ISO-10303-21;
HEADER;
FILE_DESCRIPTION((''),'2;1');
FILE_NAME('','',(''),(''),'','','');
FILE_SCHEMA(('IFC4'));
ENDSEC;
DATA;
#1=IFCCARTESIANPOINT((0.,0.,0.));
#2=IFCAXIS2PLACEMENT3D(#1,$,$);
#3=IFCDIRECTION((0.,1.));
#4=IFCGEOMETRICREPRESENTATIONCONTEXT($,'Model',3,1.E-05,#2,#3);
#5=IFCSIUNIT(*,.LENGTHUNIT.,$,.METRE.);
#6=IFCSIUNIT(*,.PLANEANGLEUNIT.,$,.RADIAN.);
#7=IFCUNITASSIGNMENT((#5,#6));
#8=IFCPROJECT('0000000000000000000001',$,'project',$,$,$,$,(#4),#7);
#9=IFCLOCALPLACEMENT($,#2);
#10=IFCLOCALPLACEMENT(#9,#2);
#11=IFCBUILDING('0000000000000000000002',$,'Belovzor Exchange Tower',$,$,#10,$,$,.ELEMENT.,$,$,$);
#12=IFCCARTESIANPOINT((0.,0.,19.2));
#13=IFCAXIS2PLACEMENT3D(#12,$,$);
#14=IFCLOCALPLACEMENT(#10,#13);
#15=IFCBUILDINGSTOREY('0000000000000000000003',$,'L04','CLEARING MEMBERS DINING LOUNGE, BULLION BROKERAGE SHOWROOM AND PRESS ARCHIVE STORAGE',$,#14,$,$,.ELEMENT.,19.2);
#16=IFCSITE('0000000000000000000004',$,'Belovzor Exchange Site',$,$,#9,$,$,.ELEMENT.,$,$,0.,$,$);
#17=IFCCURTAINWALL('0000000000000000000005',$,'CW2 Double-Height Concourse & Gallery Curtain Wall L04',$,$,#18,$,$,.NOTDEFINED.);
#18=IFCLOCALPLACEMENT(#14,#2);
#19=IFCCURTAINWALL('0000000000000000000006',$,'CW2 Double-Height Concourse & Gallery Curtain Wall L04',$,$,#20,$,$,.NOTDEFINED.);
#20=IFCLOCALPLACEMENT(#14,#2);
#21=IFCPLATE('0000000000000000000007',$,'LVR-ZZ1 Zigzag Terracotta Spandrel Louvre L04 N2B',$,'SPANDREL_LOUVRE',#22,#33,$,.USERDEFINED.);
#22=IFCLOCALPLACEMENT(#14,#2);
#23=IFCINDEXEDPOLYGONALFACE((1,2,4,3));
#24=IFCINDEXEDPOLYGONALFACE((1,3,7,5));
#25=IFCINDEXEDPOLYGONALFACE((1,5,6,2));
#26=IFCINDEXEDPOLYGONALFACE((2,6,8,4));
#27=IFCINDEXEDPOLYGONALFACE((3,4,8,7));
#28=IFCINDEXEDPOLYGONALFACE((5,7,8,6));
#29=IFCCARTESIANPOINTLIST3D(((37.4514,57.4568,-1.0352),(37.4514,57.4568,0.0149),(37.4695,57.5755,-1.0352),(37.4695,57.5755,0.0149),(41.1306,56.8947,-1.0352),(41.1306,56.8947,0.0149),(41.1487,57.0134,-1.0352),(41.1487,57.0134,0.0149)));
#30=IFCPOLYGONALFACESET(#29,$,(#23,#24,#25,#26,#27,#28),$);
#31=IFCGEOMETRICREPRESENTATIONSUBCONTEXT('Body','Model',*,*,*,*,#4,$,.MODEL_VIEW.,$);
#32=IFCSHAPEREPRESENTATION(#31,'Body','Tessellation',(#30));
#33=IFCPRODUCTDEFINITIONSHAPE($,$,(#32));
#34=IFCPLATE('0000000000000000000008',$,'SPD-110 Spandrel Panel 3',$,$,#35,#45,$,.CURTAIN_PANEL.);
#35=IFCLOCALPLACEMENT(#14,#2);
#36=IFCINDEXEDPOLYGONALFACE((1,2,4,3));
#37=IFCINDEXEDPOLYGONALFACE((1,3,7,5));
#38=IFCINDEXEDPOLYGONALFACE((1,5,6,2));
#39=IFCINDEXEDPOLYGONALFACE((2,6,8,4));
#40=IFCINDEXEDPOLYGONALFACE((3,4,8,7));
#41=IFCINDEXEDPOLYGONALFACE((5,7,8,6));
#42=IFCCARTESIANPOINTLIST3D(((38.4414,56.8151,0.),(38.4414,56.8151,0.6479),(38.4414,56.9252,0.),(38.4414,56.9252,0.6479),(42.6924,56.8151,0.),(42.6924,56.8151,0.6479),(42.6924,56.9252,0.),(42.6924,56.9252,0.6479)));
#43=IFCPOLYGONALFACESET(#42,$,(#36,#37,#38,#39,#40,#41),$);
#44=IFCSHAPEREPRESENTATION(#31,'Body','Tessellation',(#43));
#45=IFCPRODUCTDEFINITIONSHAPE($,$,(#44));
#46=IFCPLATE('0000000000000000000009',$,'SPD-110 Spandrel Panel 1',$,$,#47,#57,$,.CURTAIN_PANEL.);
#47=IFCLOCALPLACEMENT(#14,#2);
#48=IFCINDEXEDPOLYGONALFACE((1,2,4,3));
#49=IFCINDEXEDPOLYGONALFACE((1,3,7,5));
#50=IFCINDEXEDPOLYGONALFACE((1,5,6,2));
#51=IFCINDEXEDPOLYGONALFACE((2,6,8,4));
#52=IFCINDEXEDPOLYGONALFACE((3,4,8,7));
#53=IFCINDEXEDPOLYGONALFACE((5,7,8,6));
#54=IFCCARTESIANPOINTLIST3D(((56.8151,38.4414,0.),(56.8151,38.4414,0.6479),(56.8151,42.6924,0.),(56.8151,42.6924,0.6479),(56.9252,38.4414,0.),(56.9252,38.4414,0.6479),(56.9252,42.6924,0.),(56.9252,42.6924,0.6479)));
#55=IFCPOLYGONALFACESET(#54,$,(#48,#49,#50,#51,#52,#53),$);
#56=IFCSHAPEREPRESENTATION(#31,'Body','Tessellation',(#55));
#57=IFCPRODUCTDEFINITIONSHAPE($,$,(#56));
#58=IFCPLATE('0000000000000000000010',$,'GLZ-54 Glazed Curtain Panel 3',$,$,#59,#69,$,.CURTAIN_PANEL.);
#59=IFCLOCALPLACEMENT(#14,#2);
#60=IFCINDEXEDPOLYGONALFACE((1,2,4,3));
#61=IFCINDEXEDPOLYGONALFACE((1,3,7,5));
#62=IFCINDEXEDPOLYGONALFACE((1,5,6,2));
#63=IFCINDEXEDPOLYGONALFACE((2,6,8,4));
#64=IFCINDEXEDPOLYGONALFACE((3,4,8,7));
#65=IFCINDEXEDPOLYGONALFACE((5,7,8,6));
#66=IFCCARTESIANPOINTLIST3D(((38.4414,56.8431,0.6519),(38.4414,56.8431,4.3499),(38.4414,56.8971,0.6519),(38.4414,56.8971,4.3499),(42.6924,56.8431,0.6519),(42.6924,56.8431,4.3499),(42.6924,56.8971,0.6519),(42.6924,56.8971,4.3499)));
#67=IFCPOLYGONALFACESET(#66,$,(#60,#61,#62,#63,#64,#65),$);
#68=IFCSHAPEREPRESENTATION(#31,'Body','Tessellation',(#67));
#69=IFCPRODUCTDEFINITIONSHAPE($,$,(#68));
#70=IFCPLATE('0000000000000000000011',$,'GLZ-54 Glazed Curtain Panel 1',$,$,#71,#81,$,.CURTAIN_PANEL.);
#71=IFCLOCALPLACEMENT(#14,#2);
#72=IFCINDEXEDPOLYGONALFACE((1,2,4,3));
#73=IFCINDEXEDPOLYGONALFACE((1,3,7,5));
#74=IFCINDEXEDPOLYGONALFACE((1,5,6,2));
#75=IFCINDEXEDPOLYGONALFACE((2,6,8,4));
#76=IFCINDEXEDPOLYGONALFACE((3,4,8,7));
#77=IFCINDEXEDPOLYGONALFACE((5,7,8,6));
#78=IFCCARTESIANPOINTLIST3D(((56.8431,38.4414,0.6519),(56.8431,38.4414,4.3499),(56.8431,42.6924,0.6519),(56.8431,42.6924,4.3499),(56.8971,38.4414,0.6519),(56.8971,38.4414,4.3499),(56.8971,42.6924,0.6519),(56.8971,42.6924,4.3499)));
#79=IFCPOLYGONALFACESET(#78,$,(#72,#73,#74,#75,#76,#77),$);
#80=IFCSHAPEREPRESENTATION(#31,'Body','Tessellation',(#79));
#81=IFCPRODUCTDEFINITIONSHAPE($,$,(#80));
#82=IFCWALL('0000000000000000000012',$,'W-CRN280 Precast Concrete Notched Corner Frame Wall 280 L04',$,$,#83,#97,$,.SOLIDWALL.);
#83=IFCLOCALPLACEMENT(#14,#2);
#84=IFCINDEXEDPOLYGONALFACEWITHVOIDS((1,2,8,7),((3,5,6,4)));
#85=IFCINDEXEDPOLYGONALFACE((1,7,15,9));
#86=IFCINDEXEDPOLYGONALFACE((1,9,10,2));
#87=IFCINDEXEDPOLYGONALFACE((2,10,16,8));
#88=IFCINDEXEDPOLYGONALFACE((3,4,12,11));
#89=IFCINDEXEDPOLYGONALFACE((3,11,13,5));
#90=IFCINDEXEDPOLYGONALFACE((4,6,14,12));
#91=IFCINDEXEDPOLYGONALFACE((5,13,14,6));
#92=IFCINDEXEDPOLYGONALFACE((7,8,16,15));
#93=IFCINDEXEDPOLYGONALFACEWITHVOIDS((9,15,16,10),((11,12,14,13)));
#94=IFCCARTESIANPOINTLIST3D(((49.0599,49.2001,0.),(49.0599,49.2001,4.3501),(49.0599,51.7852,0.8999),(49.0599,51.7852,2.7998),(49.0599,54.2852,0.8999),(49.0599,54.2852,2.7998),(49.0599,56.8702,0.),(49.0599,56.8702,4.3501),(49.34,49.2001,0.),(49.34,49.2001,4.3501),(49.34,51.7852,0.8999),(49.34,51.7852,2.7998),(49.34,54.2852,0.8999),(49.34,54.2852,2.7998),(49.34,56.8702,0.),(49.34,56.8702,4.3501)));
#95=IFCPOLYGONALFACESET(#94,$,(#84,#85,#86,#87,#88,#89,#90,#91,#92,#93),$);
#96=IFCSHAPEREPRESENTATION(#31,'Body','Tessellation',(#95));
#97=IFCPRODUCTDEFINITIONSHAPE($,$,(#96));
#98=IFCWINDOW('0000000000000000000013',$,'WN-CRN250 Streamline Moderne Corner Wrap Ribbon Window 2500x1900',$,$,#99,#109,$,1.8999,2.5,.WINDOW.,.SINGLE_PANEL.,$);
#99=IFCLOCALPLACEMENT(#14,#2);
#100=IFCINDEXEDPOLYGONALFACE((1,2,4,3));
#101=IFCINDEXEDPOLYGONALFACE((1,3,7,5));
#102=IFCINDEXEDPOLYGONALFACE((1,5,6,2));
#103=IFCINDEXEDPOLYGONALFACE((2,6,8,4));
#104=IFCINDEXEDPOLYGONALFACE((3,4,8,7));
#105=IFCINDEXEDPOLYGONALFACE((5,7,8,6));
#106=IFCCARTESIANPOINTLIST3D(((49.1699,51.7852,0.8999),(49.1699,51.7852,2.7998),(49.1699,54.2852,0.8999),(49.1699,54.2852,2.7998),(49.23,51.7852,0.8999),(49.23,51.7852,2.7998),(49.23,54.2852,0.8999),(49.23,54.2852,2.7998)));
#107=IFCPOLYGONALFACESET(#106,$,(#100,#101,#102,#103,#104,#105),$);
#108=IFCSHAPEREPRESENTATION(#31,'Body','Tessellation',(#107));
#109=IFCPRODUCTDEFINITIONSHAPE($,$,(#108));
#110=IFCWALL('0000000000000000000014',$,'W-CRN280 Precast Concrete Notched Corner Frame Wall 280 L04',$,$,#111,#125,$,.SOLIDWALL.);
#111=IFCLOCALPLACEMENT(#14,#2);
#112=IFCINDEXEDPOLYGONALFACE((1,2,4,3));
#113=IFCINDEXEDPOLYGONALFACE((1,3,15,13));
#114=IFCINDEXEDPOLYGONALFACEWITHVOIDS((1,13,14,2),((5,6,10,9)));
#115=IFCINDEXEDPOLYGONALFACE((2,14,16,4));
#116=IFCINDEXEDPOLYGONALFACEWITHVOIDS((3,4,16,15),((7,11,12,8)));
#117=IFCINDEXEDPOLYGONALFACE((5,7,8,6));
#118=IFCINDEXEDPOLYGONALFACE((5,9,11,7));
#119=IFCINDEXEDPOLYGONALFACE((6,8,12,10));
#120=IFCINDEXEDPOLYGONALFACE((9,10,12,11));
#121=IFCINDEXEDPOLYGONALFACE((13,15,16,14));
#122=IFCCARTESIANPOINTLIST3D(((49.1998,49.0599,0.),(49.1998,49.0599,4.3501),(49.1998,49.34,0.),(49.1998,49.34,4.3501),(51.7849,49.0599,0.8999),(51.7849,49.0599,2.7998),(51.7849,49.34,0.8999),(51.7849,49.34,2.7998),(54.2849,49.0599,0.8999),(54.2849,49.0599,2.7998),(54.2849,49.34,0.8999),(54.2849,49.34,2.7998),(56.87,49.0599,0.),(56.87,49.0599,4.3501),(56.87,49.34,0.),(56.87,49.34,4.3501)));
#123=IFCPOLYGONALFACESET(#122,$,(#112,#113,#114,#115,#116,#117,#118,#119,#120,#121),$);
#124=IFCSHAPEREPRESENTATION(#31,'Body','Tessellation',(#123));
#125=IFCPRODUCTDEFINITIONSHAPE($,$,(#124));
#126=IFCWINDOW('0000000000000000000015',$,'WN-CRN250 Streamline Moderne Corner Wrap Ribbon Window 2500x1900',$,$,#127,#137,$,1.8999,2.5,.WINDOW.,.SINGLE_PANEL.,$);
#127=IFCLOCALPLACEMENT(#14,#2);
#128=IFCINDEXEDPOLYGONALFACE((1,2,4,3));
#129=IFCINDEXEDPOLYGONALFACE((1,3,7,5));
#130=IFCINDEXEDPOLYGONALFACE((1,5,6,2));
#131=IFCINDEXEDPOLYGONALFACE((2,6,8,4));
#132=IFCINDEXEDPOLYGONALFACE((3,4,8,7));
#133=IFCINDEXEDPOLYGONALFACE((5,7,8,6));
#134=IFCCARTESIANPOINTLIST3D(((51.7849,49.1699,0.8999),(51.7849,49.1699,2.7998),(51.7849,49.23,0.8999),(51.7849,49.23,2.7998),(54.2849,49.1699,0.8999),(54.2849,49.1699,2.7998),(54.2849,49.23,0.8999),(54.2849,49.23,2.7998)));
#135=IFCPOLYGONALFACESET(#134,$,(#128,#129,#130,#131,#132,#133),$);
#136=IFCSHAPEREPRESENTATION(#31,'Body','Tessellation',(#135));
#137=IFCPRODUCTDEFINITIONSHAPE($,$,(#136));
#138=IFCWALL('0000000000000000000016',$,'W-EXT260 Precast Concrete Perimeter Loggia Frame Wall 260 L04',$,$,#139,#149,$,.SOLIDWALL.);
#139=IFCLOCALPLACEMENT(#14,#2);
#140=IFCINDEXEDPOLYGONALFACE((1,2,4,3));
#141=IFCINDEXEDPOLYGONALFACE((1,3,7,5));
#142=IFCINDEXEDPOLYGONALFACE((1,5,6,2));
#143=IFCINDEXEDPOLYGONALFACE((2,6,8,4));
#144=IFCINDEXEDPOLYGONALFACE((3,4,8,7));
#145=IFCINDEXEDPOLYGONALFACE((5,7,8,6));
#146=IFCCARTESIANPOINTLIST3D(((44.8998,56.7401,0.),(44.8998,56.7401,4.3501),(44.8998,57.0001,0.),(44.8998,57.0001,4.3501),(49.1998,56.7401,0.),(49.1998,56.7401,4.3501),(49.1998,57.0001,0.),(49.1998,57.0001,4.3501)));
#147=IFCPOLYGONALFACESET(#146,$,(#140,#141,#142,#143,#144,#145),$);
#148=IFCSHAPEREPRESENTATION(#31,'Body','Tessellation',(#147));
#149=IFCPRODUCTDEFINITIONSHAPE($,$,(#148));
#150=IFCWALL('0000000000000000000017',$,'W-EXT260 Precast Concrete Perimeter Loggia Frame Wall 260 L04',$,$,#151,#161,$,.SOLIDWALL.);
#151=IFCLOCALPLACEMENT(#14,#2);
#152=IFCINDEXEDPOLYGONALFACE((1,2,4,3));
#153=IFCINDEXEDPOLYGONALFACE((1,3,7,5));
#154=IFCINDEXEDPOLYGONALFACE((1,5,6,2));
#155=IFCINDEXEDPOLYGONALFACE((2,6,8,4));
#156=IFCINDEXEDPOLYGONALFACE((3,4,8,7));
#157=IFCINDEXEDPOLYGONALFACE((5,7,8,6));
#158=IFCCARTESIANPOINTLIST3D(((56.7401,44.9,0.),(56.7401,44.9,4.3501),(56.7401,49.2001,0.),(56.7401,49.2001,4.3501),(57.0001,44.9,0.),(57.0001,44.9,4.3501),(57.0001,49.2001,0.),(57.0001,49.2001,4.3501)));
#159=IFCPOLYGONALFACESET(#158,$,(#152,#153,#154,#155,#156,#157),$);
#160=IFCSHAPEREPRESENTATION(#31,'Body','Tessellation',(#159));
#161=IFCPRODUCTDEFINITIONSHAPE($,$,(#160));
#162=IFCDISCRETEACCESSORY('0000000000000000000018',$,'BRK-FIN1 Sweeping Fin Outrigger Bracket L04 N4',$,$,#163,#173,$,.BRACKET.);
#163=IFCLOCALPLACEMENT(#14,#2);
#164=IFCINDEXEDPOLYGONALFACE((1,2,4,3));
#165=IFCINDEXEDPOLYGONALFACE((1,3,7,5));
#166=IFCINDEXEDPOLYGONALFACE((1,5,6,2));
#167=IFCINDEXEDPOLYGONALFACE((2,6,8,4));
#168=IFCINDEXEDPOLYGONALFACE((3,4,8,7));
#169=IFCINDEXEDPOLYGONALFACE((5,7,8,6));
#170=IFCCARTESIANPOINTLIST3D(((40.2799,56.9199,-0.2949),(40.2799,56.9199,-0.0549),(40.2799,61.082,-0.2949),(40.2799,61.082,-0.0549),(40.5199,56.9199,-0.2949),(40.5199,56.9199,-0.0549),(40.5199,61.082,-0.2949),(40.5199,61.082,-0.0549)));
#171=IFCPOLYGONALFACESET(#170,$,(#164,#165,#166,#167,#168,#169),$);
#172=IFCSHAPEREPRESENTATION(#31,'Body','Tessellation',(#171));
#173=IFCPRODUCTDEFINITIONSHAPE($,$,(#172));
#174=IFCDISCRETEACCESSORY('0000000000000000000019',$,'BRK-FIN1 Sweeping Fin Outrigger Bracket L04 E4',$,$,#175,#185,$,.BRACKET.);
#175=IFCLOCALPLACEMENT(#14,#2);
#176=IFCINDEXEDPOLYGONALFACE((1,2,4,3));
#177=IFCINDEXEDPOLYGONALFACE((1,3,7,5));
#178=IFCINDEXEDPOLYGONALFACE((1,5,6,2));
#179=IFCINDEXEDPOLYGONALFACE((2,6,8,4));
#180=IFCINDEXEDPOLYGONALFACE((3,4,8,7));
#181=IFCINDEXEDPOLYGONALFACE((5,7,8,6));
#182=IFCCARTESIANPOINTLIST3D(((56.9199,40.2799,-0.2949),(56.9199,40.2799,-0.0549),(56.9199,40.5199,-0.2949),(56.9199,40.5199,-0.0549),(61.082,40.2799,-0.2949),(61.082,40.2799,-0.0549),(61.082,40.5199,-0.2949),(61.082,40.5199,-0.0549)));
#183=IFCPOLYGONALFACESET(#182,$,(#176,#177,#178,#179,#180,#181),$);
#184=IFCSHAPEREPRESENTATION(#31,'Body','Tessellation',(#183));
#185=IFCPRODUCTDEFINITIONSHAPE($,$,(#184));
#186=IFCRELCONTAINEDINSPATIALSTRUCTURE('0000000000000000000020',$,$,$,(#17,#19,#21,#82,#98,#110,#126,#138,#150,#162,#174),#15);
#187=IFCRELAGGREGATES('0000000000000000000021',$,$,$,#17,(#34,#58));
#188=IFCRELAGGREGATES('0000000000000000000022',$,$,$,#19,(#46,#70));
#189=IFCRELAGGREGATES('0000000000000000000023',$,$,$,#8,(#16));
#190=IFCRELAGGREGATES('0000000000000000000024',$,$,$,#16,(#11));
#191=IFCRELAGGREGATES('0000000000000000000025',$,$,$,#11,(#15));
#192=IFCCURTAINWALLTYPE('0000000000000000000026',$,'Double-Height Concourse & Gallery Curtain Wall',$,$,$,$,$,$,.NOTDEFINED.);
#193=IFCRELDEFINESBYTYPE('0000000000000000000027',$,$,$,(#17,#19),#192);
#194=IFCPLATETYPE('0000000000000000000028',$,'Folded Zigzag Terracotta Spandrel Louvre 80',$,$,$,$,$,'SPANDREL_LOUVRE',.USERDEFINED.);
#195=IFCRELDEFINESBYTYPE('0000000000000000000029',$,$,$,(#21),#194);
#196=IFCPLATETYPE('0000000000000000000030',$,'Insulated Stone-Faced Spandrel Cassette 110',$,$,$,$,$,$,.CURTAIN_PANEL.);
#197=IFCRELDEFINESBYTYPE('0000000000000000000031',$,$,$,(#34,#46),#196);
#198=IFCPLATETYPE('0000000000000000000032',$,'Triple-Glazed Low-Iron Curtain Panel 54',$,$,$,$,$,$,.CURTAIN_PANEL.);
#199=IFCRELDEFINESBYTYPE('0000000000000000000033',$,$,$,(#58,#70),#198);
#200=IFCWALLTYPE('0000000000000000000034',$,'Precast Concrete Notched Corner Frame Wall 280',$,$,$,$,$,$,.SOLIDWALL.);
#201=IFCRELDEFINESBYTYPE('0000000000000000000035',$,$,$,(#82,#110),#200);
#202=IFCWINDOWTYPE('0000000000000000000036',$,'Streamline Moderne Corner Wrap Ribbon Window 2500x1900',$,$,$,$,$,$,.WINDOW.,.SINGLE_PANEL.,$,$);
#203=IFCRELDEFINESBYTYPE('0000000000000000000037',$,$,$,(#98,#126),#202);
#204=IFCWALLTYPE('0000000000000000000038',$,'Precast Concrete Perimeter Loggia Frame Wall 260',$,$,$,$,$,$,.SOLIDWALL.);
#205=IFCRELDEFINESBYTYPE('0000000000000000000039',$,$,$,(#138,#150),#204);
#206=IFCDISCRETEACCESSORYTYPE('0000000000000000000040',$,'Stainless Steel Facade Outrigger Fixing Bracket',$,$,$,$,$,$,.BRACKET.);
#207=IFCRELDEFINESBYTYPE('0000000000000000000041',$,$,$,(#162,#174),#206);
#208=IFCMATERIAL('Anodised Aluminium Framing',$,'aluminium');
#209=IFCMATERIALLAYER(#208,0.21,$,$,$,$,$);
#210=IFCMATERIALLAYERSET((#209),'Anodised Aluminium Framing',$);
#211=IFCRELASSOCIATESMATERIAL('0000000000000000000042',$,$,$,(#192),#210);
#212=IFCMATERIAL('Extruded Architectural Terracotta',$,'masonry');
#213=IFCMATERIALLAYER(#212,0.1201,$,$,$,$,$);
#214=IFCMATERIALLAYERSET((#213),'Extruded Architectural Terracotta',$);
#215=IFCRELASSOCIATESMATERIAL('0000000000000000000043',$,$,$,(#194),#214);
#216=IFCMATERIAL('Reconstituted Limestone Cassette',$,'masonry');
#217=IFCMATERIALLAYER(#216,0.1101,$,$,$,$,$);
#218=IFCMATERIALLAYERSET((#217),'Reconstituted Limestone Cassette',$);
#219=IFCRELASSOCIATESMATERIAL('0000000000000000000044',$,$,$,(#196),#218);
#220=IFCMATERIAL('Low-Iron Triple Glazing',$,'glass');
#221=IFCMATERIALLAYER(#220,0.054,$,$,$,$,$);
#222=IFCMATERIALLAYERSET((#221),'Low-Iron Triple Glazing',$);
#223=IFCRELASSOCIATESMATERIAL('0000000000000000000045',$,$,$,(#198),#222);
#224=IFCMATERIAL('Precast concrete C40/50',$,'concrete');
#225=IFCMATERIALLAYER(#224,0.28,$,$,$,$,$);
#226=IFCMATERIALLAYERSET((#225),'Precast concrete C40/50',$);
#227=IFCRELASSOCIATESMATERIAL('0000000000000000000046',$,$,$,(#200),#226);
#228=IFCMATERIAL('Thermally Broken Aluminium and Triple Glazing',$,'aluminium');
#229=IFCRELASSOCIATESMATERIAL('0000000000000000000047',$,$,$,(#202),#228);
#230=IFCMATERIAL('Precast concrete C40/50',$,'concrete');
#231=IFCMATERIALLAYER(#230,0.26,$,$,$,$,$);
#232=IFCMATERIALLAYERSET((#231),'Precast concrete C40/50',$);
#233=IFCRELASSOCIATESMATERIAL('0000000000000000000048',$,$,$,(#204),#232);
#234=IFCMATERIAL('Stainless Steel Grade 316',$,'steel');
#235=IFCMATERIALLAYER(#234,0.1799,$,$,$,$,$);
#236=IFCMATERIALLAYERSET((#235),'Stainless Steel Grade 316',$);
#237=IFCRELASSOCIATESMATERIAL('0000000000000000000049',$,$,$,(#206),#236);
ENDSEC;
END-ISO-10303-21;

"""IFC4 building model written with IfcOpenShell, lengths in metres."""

from ifc_helpers import new_model, si_unit, direction, frame, frame_2d, origin, origin_2d, place, context, subcontext, project, spatial, rectangle, extrude, material, layer, layer_set, type_object, element, fill, aggregate, save


model = new_model("IFC4")

# Units and contexts
model_context = context("Model", 3, precision=1e-05, world=origin(), true_north=direction((0.0, 1.0)))
body_context = subcontext(model_context, "Body", "Model", "MODEL_VIEW")
ifc_project = project(units=[si_unit("LENGTHUNIT", "METRE"), si_unit("PLANEANGLEUNIT", "RADIAN")], contexts=[model_context])

# Site, building, storey
site_placement = place(None, origin())
site = spatial("IfcSite", under=ifc_project, at=site_placement, Name="Belovzor Exchange Site", CompositionType="ELEMENT", RefElevation=0.0)
building_placement = place(site_placement, origin())
building = spatial("IfcBuilding", under=site, at=building_placement, Name="Belovzor Exchange Tower", CompositionType="ELEMENT")
storey_placement = place(building_placement, frame((0.0, 0.0, 19.2)))
storey = spatial("IfcBuildingStorey", under=building, at=storey_placement, Name="L04", Description="CLEARING MEMBERS DINING LOUNGE, BULLION BROKERAGE SHOWROOM AND PRESS ARCHIVE STORAGE", CompositionType="ELEMENT", Elevation=19.2)

# Curtain wall
ifc_material_1 = material(Name="Anodised Aluminium Framing", Category="aluminium")
ifc_layer_1 = layer(ifc_material_1, 0.21)
ifc_layer_set_1 = layer_set([ifc_layer_1], Name="Anodised Aluminium Framing")
curtain_wall_type = type_object("IfcCurtainWallType", Name="Double-Height Concourse & Gallery Curtain Wall", PredefinedType="NOTDEFINED", material=ifc_layer_set_1)
curtain_wall_1_placement = place(storey_placement, origin())
curtain_wall_1 = element("IfcCurtainWall", 1, at=curtain_wall_1_placement, inside=storey, type_object=curtain_wall_type, Name="CW2 Double-Height Concourse & Gallery Curtain Wall L04", PredefinedType="NOTDEFINED")

# Curtain wall
curtain_wall_2_placement = place(storey_placement, origin())
curtain_wall_2 = element("IfcCurtainWall", 2, at=curtain_wall_2_placement, inside=storey, type_object=curtain_wall_type, Name="CW2 Double-Height Concourse & Gallery Curtain Wall L04", PredefinedType="NOTDEFINED")

# Plates
ifc_material_2 = material(Name="Extruded Architectural Terracotta", Category="masonry")
ifc_layer_2 = layer(ifc_material_2, 0.1201)
ifc_layer_set_2 = layer_set([ifc_layer_2], Name="Extruded Architectural Terracotta")
plate_type_1 = type_object("IfcPlateType", Name="Folded Zigzag Terracotta Spandrel Louvre 80", ElementType="SPANDREL_LOUVRE", PredefinedType="USERDEFINED", material=ifc_layer_set_2)
plate_1_placement = place(storey_placement, frame((39.3, 57.2351, -1.0352), z_axis=(0.0, 0.0, 1.0), x_axis=(0.988531, -0.151019, 0.0)))
element("IfcPlate", 3, at=plate_1_placement, inside=storey, type_object=plate_type_1, Name="LVR-ZZ1 Zigzag Terracotta Spandrel Louvre L04 N2B", ObjectType="SPANDREL_LOUVRE", PredefinedType="USERDEFINED", context=body_context, shape_type="SweptSolid", body=[
    extrude(rectangle(XDim=3.7219, YDim=0.1201, at=origin_2d()), origin(), (0.0, 0.0, 1.0), 1.05),
])
ifc_material_3 = material(Name="Reconstituted Limestone Cassette", Category="masonry")
ifc_layer_3 = layer(ifc_material_3, 0.1101)
ifc_layer_set_3 = layer_set([ifc_layer_3], Name="Reconstituted Limestone Cassette")
plate_type_2 = type_object("IfcPlateType", Name="Insulated Stone-Faced Spandrel Cassette 110", PredefinedType="CURTAIN_PANEL", material=ifc_layer_set_3)
plate_2_placement = place(storey_placement, frame((40.5669, 56.8701, 0.0), z_axis=(0.0, 0.0, 1.0), x_axis=(1.0, 0.0, 0.0)))
plate_2 = element("IfcPlate", 4, at=plate_2_placement, type_object=plate_type_2, Name="SPD-110 Spandrel Panel 3", PredefinedType="CURTAIN_PANEL", context=body_context, shape_type="SweptSolid", body=[
    extrude(rectangle(XDim=4.251, YDim=0.1101, at=origin_2d()), origin(), (0.0, 0.0, 1.0), 0.6479),
])
plate_3_placement = place(storey_placement, frame((56.8701, 40.5669, 0.0), z_axis=(0.0, 0.0, 1.0), x_axis=(0.0, -1.0, 0.0)))
plate_3 = element("IfcPlate", 5, at=plate_3_placement, type_object=plate_type_2, Name="SPD-110 Spandrel Panel 1", PredefinedType="CURTAIN_PANEL", context=body_context, shape_type="SweptSolid", body=[
    extrude(rectangle(XDim=4.251, YDim=0.1101, at=origin_2d()), origin(), (0.0, 0.0, 1.0), 0.6479),
])
ifc_material_4 = material(Name="Low-Iron Triple Glazing", Category="glass")
ifc_layer_4 = layer(ifc_material_4, 0.054)
ifc_layer_set_4 = layer_set([ifc_layer_4], Name="Low-Iron Triple Glazing")
plate_type_3 = type_object("IfcPlateType", Name="Triple-Glazed Low-Iron Curtain Panel 54", PredefinedType="CURTAIN_PANEL", material=ifc_layer_set_4)
plate_4_placement = place(storey_placement, frame((40.5669, 56.8701, 0.6519), z_axis=(0.0, 0.0, 1.0), x_axis=(1.0, 0.0, 0.0)))
plate_4 = element("IfcPlate", 6, at=plate_4_placement, type_object=plate_type_3, Name="GLZ-54 Glazed Curtain Panel 3", PredefinedType="CURTAIN_PANEL", context=body_context, shape_type="SweptSolid", body=[
    extrude(rectangle(XDim=4.251, YDim=0.054, at=origin_2d()), origin(), (0.0, 0.0, 1.0), 3.698),
])
aggregate(curtain_wall_1, [plate_2, plate_4])
plate_5_placement = place(storey_placement, frame((56.8701, 40.5669, 0.6519), z_axis=(0.0, 0.0, 1.0), x_axis=(0.0, -1.0, 0.0)))
plate_5 = element("IfcPlate", 7, at=plate_5_placement, type_object=plate_type_3, Name="GLZ-54 Glazed Curtain Panel 1", PredefinedType="CURTAIN_PANEL", context=body_context, shape_type="SweptSolid", body=[
    extrude(rectangle(XDim=4.251, YDim=0.054, at=origin_2d()), origin(), (0.0, 0.0, 1.0), 3.698),
])
aggregate(curtain_wall_2, [plate_3, plate_5])

# Walls, openings, windows
ifc_material_5 = material(Name="Precast concrete C40/50", Category="concrete")
ifc_layer_5 = layer(ifc_material_5, 0.28)
ifc_layer_set_5 = layer_set([ifc_layer_5], Name="Precast concrete C40/50")
wall_type_1 = type_object("IfcWallType", Name="Precast Concrete Notched Corner Frame Wall 280", PredefinedType="SOLIDWALL", material=ifc_layer_set_5)
wall_1_placement = place(storey_placement, frame((49.2, 56.8701, 0.0), z_axis=(0.0, 0.0, 1.0), x_axis=(0.0, -1.0, 0.0)))
wall_1 = element("IfcWall", 8, at=wall_1_placement, inside=storey, type_object=wall_type_1, Name="W-CRN280 Precast Concrete Notched Corner Frame Wall 280 L04", PredefinedType="SOLIDWALL", context=body_context, shape_type="SweptSolid", body=[
    extrude(rectangle(XDim=7.6702, YDim=0.28, at=frame_2d((3.835, 0.0))), origin(), (0.0, 0.0, 1.0), 4.3501),
])
opening_1_placement = place(wall_1_placement, frame((2.585, 0.0, 0.8999)))
opening_1 = element("IfcOpeningElement", 9, at=opening_1_placement, cuts=wall_1, PredefinedType="OPENING", context=body_context, shape_type="SweptSolid", body=[
    extrude(rectangle(XDim=2.5, YDim=1.8999, at=frame_2d((1.25, 0.95))), frame((0.0, 0.1499, 0.0), z_axis=(0.0, -1.0, 0.0), x_axis=(1.0, 0.0, 0.0)), (0.0, 0.0, 1.0), 0.3),
])
ifc_material_6 = material(Name="Thermally Broken Aluminium and Triple Glazing", Category="aluminium")
window_type = type_object("IfcWindowType", Name="Streamline Moderne Corner Wrap Ribbon Window 2500x1900", PartitioningType="SINGLE_PANEL", PredefinedType="WINDOW", material=ifc_material_6)
window_1_placement = place(opening_1_placement, origin())
window_1 = element("IfcWindow", 10, at=window_1_placement, inside=storey, type_object=window_type, Name="WN-CRN250 Streamline Moderne Corner Wrap Ribbon Window 2500x1900", OverallHeight=1.8999, OverallWidth=2.5, PartitioningType="SINGLE_PANEL", PredefinedType="WINDOW", context=body_context, shape_type="SweptSolid", body=[
    extrude(rectangle(XDim=2.5, YDim=1.8999, at=frame_2d((1.25, 0.95))), frame((0.0, 0.03, 0.0), z_axis=(0.0, -1.0, 0.0), x_axis=(1.0, 0.0, 0.0)), (0.0, 0.0, 1.0), 0.0601),
])
fill(opening_1, window_1)
wall_2_placement = place(storey_placement, frame((49.2, 49.2, 0.0), z_axis=(0.0, 0.0, 1.0), x_axis=(1.0, 0.0, 0.0)))
wall_2 = element("IfcWall", 11, at=wall_2_placement, inside=storey, type_object=wall_type_1, Name="W-CRN280 Precast Concrete Notched Corner Frame Wall 280 L04", PredefinedType="SOLIDWALL", context=body_context, shape_type="SweptSolid", body=[
    extrude(rectangle(XDim=7.6702, YDim=0.28, at=frame_2d((3.835, 0.0))), origin(), (0.0, 0.0, 1.0), 4.3501),
])
opening_2_placement = place(wall_2_placement, frame((2.585, 0.0, 0.8999)))
opening_2 = element("IfcOpeningElement", 12, at=opening_2_placement, cuts=wall_2, PredefinedType="OPENING", context=body_context, shape_type="SweptSolid", body=[
    extrude(rectangle(XDim=2.5, YDim=1.8999, at=frame_2d((1.25, 0.95))), frame((0.0, 0.1499, 0.0), z_axis=(0.0, -1.0, 0.0), x_axis=(1.0, 0.0, 0.0)), (0.0, 0.0, 1.0), 0.3),
])
window_2_placement = place(opening_2_placement, origin())
window_2 = element("IfcWindow", 13, at=window_2_placement, inside=storey, type_object=window_type, Name="WN-CRN250 Streamline Moderne Corner Wrap Ribbon Window 2500x1900", OverallHeight=1.8999, OverallWidth=2.5, PartitioningType="SINGLE_PANEL", PredefinedType="WINDOW", context=body_context, shape_type="SweptSolid", body=[
    extrude(rectangle(XDim=2.5, YDim=1.8999, at=frame_2d((1.25, 0.95))), frame((0.0, 0.03, 0.0), z_axis=(0.0, -1.0, 0.0), x_axis=(1.0, 0.0, 0.0)), (0.0, 0.0, 1.0), 0.0601),
])
fill(opening_2, window_2)

# Walls
ifc_material_7 = material(Name="Precast concrete C40/50", Category="concrete")
ifc_layer_6 = layer(ifc_material_7, 0.26)
ifc_layer_set_6 = layer_set([ifc_layer_6], Name="Precast concrete C40/50")
wall_type_2 = type_object("IfcWallType", Name="Precast Concrete Perimeter Loggia Frame Wall 260", PredefinedType="SOLIDWALL", material=ifc_layer_set_6)
for number, where, z_axis, x_axis, name in (
    (14, (44.8999, 56.8701, 0.0), (0.0, 0.0, 1.0), (1.0, 0.0, 0.0), "W-EXT260 Precast Concrete Perimeter Loggia Frame Wall 260 L04"),
    (15, (56.8701, 49.2, 0.0), (0.0, 0.0, 1.0), (0.0, -1.0, 0.0), "W-EXT260 Precast Concrete Perimeter Loggia Frame Wall 260 L04"),
):
    element("IfcWall", number, at=place(storey_placement, frame(where, z_axis=z_axis, x_axis=x_axis)), inside=storey, type_object=wall_type_2, Name=name, PredefinedType="SOLIDWALL", context=body_context, shape_type="SweptSolid", body=[
        extrude(rectangle(XDim=4.3, YDim=0.26, at=frame_2d((2.1499, 0.0))), origin(), (0.0, 0.0, 1.0), 4.3501),
    ])

# Discrete accessories
ifc_material_8 = material(Name="Stainless Steel Grade 316", Category="steel")
ifc_layer_7 = layer(ifc_material_8, 0.1799)
ifc_layer_set_7 = layer_set([ifc_layer_7], Name="Stainless Steel Grade 316")
discrete_accessory_type = type_object("IfcDiscreteAccessoryType", Name="Stainless Steel Facade Outrigger Fixing Bracket", PredefinedType="BRACKET", material=ifc_layer_set_7)
for number, where, z_axis, x_axis, name in (
    (16, (40.3999, 59.001, -0.2949), (0.0, 0.0, 1.0), (0.0, 1.0, 0.0), "BRK-FIN1 Sweeping Fin Outrigger Bracket L04 N4"),
    (17, (59.001, 40.3999, -0.2949), (0.0, 0.0, 1.0), (1.0, 0.0, 0.0), "BRK-FIN1 Sweeping Fin Outrigger Bracket L04 E4"),
):
    element("IfcDiscreteAccessory", number, at=place(storey_placement, frame(where, z_axis=z_axis, x_axis=x_axis)), inside=storey, type_object=discrete_accessory_type, Name=name, PredefinedType="BRACKET", context=body_context, shape_type="SweptSolid", body=[
        extrude(rectangle(XDim=4.1621, YDim=0.24, at=origin_2d()), origin(), (0.0, 0.0, 1.0), 0.24),
    ])

save(model, "model.ifc")
